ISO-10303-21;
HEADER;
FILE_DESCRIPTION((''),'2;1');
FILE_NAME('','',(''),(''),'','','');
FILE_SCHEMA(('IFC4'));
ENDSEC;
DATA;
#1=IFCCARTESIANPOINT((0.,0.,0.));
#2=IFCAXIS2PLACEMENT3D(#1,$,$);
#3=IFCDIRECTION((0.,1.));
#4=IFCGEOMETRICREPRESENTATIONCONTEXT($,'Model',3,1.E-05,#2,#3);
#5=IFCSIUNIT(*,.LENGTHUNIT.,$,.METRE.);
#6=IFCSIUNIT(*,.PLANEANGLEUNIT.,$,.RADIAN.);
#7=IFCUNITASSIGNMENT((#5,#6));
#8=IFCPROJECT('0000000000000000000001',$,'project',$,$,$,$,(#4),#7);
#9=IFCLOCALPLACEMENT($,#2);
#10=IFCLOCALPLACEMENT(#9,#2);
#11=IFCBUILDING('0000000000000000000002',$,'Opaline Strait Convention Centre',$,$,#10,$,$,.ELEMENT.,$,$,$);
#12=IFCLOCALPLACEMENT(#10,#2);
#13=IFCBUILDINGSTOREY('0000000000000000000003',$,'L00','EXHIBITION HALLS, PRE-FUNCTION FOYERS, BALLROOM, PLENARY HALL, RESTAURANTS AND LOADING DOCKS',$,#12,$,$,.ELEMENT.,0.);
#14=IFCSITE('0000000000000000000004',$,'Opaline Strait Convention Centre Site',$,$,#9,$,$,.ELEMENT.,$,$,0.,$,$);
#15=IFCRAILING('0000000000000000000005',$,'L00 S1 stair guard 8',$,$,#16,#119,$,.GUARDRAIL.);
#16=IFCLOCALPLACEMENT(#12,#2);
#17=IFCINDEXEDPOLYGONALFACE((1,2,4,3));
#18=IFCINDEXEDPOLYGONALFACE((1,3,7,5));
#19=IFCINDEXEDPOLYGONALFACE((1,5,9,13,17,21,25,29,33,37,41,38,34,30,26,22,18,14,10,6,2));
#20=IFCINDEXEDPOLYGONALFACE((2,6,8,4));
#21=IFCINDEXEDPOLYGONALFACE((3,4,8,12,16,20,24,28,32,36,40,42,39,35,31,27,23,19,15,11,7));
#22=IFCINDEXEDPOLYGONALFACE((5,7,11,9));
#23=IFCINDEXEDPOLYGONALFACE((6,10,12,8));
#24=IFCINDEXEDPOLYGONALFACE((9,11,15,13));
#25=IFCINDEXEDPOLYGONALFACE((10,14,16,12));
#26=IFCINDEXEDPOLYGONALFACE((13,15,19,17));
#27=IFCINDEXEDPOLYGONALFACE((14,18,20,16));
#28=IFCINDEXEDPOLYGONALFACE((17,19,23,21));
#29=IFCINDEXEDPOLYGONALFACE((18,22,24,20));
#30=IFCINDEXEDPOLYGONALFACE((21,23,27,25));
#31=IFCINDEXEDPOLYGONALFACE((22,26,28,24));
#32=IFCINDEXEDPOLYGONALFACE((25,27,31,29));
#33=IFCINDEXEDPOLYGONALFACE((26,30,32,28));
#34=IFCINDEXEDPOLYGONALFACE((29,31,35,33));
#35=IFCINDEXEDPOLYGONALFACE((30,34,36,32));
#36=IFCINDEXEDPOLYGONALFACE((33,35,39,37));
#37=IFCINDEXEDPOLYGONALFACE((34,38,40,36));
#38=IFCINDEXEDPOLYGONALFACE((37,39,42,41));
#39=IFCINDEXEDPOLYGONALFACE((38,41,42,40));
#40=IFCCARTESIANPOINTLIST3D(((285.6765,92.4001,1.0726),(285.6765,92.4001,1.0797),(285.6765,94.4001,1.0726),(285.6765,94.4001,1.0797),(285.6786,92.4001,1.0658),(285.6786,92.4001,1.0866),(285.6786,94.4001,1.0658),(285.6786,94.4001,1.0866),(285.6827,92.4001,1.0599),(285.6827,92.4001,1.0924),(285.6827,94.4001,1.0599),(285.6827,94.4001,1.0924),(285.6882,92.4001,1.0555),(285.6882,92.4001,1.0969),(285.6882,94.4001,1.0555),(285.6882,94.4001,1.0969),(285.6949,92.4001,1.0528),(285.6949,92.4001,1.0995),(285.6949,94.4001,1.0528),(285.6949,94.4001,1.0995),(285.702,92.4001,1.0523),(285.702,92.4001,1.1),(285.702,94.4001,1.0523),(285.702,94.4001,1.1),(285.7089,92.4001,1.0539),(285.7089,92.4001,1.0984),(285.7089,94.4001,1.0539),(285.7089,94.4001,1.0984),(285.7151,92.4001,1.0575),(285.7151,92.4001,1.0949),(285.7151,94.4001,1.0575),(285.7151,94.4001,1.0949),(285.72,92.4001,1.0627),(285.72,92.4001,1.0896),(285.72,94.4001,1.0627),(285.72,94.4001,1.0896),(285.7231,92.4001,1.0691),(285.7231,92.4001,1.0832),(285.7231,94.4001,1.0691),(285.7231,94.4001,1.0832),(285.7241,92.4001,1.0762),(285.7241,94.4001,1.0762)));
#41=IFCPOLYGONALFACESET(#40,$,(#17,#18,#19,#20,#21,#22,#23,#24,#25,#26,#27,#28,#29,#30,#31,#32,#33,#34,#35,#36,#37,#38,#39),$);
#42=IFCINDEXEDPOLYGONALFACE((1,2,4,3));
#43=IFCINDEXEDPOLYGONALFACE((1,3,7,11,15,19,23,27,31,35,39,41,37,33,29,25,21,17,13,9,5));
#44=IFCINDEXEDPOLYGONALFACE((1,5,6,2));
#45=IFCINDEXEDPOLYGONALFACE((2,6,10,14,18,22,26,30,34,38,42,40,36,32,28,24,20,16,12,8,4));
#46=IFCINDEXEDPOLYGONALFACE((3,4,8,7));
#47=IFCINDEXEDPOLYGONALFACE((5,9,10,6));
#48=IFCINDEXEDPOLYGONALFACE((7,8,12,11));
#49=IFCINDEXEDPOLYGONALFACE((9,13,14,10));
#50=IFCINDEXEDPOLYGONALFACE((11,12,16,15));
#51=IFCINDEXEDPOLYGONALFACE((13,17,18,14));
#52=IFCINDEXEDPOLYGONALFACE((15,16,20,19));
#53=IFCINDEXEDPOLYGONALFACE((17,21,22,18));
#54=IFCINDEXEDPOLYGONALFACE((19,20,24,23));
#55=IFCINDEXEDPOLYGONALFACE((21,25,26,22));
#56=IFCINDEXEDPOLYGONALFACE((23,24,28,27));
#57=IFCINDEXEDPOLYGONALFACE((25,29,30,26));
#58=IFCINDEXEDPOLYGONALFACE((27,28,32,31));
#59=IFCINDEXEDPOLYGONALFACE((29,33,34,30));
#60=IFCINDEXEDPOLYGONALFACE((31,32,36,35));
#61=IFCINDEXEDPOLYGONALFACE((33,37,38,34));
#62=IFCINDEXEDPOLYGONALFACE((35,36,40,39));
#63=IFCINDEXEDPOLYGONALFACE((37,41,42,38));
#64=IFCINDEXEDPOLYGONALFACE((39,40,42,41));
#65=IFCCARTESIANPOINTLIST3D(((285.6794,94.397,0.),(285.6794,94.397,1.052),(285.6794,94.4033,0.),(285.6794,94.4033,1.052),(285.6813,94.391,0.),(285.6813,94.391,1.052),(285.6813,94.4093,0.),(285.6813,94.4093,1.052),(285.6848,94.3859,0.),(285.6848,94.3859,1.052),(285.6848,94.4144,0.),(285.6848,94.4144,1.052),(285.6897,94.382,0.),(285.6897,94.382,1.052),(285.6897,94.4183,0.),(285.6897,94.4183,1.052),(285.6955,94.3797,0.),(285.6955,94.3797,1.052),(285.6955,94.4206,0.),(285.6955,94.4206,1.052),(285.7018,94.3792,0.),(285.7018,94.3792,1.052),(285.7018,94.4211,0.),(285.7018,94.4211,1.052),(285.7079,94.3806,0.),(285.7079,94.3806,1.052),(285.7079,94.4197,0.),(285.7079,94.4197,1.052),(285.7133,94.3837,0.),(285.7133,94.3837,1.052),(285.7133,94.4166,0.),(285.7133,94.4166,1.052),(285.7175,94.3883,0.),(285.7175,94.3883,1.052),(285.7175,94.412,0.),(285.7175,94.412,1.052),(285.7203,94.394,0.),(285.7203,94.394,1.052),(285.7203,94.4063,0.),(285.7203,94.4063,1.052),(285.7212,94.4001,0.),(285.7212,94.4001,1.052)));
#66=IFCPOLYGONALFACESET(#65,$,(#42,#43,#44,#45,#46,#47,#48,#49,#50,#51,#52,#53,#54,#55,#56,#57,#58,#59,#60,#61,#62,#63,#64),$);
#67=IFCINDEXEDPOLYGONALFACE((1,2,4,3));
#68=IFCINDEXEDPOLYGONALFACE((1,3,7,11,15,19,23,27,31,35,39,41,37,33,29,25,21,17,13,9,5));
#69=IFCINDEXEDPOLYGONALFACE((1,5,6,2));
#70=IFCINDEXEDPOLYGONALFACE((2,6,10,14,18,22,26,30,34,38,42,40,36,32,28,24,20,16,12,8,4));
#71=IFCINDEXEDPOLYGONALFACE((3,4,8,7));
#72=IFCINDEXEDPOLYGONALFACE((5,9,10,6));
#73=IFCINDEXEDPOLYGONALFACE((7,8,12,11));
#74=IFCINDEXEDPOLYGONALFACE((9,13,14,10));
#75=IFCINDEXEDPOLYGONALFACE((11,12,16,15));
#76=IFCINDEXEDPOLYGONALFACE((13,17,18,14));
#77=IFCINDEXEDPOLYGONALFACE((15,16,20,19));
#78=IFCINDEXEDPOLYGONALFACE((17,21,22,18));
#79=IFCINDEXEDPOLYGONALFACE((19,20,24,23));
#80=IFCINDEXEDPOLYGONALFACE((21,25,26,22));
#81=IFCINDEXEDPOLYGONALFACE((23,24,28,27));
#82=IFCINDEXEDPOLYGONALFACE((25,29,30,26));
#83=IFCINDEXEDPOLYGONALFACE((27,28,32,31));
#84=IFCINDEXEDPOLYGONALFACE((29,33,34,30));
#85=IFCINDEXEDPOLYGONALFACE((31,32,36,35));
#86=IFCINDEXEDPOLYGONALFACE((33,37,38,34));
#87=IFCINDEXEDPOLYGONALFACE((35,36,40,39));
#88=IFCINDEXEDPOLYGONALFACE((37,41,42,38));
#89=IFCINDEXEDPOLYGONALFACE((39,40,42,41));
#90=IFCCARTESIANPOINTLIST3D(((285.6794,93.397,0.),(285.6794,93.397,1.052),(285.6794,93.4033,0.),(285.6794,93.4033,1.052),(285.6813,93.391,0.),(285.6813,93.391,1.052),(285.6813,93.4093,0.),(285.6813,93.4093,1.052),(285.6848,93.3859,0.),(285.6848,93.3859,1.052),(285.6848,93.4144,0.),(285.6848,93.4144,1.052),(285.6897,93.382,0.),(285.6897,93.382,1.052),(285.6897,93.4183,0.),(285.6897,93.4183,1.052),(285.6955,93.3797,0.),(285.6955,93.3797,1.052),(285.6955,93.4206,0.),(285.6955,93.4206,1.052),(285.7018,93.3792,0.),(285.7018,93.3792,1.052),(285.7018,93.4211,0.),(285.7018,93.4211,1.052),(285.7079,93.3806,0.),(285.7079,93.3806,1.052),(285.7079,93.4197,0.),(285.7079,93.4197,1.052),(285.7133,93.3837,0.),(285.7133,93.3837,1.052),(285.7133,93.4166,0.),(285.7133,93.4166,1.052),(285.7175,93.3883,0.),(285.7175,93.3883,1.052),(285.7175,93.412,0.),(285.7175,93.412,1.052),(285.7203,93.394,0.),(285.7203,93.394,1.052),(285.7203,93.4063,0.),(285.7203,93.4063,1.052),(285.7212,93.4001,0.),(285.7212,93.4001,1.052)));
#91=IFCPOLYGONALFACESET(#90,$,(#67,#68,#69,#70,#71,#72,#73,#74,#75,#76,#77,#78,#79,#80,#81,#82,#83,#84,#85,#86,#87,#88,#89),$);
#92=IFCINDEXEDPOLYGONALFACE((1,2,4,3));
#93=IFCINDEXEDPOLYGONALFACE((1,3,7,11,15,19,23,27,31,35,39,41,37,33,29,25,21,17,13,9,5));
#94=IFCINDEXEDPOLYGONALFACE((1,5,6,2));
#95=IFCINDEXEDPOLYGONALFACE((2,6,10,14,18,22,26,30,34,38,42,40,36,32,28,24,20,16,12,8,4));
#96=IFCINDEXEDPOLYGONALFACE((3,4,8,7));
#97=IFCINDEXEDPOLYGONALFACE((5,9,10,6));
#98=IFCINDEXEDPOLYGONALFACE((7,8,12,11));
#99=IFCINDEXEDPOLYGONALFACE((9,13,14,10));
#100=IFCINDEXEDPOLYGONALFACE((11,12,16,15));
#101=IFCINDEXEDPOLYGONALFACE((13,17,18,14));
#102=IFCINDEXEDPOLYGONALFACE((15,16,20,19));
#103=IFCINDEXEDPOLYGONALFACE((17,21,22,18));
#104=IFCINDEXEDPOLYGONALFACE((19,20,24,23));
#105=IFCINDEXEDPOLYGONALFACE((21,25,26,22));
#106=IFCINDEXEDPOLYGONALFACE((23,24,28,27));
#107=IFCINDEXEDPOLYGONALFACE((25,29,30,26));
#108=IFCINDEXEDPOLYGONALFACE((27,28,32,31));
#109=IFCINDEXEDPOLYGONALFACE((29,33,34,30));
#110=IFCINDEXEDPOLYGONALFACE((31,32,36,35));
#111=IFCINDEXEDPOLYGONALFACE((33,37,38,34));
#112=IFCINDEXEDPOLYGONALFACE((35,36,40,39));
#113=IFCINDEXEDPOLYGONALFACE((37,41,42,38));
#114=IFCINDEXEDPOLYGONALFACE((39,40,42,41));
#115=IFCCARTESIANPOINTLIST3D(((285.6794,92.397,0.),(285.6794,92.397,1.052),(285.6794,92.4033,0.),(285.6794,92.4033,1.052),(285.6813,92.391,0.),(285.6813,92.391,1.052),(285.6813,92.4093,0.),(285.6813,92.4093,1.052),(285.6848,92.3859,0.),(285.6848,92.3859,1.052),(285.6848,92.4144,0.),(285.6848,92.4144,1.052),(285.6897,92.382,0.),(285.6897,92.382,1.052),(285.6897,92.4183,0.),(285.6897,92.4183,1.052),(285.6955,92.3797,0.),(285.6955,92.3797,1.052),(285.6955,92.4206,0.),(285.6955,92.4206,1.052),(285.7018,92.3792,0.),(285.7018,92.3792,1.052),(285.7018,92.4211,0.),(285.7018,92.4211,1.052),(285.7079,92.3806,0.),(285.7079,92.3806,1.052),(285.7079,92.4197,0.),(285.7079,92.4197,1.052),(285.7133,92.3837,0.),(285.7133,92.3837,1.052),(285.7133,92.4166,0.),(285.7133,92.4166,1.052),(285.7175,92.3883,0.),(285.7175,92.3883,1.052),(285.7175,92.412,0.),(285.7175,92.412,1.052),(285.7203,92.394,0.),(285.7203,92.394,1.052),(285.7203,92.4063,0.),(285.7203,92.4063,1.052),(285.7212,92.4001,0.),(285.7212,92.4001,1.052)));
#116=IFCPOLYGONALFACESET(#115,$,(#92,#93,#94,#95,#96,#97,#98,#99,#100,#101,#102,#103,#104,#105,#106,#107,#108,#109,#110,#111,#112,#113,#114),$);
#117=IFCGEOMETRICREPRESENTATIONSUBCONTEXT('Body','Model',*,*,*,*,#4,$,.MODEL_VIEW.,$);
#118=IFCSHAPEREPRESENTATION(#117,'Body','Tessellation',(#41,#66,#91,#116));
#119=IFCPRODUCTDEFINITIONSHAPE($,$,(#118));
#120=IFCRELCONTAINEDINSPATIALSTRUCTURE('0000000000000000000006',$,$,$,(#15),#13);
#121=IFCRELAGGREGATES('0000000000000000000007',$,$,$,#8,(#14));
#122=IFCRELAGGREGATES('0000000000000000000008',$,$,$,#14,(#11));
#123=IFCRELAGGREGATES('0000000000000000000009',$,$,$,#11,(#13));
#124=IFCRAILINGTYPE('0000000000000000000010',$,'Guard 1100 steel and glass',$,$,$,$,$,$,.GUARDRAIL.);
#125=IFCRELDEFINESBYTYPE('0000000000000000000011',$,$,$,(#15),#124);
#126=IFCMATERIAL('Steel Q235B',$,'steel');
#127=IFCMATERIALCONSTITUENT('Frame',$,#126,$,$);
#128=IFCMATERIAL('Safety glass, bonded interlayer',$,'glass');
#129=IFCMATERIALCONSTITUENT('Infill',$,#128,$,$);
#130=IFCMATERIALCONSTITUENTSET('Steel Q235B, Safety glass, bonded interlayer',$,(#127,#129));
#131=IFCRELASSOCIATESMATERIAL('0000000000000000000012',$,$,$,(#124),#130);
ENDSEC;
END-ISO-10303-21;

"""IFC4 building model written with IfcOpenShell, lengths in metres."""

from ifc_helpers import new_model, si_unit, direction, frame, origin, origin_2d, place, context, subcontext, project, spatial, circle, extrude, material, constituent, constituent_set, type_object, element, save


model = new_model("IFC4")

# Units and contexts
model_context = context("Model", 3, precision=1e-05, world=origin(), true_north=direction((0.0, 1.0)))
body_context = subcontext(model_context, "Body", "Model", "MODEL_VIEW")
ifc_project = project(units=[si_unit("LENGTHUNIT", "METRE"), si_unit("PLANEANGLEUNIT", "RADIAN")], contexts=[model_context])

# Site, building, storey
site_placement = place(None, origin())
site = spatial("IfcSite", under=ifc_project, at=site_placement, Name="Opaline Strait Convention Centre Site", CompositionType="ELEMENT", RefElevation=0.0)
building_placement = place(site_placement, origin())
building = spatial("IfcBuilding", under=site, at=building_placement, Name="Opaline Strait Convention Centre", CompositionType="ELEMENT")
storey_placement = place(building_placement, origin())
storey = spatial("IfcBuildingStorey", under=building, at=storey_placement, Name="L00", Description="EXHIBITION HALLS, PRE-FUNCTION FOYERS, BALLROOM, PLENARY HALL, RESTAURANTS AND LOADING DOCKS", CompositionType="ELEMENT", Elevation=0.0)

# Railing
ifc_material_1 = material(Name="Steel Q235B", Category="steel")
ifc_constituent_1 = constituent(ifc_material_1, Name="Frame")
ifc_material_2 = material(Name="Safety glass, bonded interlayer", Category="glass")
ifc_constituent_2 = constituent(ifc_material_2, Name="Infill")
ifc_constituent_set = constituent_set(constituents=[ifc_constituent_1, ifc_constituent_2], Name="Steel Q235B, Safety glass, bonded interlayer")
railing_type_1 = type_object("IfcRailingType", Name="Guard 1100 steel and glass", PredefinedType="GUARDRAIL", material=ifc_constituent_set)
railing_placement = place(storey_placement, frame((285.7002, 94.4001, 0.0)))
element("IfcRailing", 1, at=railing_placement, inside=storey, type_object=railing_type_1, Name="L00 S1 stair guard 8", PredefinedType="GUARDRAIL", context=body_context, shape_type="SweptSolid", body=[
    extrude(circle(Radius=0.0239, at=origin_2d()), frame((0.0, 0.0, 1.0762), z_axis=(0.0, -1.0, 0.0), x_axis=(1.0, 0.0, 0.0)), (0.0, 0.0, 1.0), 2.0),
    extrude(circle(Radius=0.021, at=origin_2d()), origin(), (0.0, 0.0, 1.0), 1.052),
    extrude(circle(Radius=0.021, at=origin_2d()), frame((0.0, -1.0, 0.0)), (0.0, 0.0, 1.0), 1.052),
    extrude(circle(Radius=0.021, at=origin_2d()), frame((0.0, -2.0, 0.0)), (0.0, 0.0, 1.0), 1.052),
])

save(model, "model.ifc")
